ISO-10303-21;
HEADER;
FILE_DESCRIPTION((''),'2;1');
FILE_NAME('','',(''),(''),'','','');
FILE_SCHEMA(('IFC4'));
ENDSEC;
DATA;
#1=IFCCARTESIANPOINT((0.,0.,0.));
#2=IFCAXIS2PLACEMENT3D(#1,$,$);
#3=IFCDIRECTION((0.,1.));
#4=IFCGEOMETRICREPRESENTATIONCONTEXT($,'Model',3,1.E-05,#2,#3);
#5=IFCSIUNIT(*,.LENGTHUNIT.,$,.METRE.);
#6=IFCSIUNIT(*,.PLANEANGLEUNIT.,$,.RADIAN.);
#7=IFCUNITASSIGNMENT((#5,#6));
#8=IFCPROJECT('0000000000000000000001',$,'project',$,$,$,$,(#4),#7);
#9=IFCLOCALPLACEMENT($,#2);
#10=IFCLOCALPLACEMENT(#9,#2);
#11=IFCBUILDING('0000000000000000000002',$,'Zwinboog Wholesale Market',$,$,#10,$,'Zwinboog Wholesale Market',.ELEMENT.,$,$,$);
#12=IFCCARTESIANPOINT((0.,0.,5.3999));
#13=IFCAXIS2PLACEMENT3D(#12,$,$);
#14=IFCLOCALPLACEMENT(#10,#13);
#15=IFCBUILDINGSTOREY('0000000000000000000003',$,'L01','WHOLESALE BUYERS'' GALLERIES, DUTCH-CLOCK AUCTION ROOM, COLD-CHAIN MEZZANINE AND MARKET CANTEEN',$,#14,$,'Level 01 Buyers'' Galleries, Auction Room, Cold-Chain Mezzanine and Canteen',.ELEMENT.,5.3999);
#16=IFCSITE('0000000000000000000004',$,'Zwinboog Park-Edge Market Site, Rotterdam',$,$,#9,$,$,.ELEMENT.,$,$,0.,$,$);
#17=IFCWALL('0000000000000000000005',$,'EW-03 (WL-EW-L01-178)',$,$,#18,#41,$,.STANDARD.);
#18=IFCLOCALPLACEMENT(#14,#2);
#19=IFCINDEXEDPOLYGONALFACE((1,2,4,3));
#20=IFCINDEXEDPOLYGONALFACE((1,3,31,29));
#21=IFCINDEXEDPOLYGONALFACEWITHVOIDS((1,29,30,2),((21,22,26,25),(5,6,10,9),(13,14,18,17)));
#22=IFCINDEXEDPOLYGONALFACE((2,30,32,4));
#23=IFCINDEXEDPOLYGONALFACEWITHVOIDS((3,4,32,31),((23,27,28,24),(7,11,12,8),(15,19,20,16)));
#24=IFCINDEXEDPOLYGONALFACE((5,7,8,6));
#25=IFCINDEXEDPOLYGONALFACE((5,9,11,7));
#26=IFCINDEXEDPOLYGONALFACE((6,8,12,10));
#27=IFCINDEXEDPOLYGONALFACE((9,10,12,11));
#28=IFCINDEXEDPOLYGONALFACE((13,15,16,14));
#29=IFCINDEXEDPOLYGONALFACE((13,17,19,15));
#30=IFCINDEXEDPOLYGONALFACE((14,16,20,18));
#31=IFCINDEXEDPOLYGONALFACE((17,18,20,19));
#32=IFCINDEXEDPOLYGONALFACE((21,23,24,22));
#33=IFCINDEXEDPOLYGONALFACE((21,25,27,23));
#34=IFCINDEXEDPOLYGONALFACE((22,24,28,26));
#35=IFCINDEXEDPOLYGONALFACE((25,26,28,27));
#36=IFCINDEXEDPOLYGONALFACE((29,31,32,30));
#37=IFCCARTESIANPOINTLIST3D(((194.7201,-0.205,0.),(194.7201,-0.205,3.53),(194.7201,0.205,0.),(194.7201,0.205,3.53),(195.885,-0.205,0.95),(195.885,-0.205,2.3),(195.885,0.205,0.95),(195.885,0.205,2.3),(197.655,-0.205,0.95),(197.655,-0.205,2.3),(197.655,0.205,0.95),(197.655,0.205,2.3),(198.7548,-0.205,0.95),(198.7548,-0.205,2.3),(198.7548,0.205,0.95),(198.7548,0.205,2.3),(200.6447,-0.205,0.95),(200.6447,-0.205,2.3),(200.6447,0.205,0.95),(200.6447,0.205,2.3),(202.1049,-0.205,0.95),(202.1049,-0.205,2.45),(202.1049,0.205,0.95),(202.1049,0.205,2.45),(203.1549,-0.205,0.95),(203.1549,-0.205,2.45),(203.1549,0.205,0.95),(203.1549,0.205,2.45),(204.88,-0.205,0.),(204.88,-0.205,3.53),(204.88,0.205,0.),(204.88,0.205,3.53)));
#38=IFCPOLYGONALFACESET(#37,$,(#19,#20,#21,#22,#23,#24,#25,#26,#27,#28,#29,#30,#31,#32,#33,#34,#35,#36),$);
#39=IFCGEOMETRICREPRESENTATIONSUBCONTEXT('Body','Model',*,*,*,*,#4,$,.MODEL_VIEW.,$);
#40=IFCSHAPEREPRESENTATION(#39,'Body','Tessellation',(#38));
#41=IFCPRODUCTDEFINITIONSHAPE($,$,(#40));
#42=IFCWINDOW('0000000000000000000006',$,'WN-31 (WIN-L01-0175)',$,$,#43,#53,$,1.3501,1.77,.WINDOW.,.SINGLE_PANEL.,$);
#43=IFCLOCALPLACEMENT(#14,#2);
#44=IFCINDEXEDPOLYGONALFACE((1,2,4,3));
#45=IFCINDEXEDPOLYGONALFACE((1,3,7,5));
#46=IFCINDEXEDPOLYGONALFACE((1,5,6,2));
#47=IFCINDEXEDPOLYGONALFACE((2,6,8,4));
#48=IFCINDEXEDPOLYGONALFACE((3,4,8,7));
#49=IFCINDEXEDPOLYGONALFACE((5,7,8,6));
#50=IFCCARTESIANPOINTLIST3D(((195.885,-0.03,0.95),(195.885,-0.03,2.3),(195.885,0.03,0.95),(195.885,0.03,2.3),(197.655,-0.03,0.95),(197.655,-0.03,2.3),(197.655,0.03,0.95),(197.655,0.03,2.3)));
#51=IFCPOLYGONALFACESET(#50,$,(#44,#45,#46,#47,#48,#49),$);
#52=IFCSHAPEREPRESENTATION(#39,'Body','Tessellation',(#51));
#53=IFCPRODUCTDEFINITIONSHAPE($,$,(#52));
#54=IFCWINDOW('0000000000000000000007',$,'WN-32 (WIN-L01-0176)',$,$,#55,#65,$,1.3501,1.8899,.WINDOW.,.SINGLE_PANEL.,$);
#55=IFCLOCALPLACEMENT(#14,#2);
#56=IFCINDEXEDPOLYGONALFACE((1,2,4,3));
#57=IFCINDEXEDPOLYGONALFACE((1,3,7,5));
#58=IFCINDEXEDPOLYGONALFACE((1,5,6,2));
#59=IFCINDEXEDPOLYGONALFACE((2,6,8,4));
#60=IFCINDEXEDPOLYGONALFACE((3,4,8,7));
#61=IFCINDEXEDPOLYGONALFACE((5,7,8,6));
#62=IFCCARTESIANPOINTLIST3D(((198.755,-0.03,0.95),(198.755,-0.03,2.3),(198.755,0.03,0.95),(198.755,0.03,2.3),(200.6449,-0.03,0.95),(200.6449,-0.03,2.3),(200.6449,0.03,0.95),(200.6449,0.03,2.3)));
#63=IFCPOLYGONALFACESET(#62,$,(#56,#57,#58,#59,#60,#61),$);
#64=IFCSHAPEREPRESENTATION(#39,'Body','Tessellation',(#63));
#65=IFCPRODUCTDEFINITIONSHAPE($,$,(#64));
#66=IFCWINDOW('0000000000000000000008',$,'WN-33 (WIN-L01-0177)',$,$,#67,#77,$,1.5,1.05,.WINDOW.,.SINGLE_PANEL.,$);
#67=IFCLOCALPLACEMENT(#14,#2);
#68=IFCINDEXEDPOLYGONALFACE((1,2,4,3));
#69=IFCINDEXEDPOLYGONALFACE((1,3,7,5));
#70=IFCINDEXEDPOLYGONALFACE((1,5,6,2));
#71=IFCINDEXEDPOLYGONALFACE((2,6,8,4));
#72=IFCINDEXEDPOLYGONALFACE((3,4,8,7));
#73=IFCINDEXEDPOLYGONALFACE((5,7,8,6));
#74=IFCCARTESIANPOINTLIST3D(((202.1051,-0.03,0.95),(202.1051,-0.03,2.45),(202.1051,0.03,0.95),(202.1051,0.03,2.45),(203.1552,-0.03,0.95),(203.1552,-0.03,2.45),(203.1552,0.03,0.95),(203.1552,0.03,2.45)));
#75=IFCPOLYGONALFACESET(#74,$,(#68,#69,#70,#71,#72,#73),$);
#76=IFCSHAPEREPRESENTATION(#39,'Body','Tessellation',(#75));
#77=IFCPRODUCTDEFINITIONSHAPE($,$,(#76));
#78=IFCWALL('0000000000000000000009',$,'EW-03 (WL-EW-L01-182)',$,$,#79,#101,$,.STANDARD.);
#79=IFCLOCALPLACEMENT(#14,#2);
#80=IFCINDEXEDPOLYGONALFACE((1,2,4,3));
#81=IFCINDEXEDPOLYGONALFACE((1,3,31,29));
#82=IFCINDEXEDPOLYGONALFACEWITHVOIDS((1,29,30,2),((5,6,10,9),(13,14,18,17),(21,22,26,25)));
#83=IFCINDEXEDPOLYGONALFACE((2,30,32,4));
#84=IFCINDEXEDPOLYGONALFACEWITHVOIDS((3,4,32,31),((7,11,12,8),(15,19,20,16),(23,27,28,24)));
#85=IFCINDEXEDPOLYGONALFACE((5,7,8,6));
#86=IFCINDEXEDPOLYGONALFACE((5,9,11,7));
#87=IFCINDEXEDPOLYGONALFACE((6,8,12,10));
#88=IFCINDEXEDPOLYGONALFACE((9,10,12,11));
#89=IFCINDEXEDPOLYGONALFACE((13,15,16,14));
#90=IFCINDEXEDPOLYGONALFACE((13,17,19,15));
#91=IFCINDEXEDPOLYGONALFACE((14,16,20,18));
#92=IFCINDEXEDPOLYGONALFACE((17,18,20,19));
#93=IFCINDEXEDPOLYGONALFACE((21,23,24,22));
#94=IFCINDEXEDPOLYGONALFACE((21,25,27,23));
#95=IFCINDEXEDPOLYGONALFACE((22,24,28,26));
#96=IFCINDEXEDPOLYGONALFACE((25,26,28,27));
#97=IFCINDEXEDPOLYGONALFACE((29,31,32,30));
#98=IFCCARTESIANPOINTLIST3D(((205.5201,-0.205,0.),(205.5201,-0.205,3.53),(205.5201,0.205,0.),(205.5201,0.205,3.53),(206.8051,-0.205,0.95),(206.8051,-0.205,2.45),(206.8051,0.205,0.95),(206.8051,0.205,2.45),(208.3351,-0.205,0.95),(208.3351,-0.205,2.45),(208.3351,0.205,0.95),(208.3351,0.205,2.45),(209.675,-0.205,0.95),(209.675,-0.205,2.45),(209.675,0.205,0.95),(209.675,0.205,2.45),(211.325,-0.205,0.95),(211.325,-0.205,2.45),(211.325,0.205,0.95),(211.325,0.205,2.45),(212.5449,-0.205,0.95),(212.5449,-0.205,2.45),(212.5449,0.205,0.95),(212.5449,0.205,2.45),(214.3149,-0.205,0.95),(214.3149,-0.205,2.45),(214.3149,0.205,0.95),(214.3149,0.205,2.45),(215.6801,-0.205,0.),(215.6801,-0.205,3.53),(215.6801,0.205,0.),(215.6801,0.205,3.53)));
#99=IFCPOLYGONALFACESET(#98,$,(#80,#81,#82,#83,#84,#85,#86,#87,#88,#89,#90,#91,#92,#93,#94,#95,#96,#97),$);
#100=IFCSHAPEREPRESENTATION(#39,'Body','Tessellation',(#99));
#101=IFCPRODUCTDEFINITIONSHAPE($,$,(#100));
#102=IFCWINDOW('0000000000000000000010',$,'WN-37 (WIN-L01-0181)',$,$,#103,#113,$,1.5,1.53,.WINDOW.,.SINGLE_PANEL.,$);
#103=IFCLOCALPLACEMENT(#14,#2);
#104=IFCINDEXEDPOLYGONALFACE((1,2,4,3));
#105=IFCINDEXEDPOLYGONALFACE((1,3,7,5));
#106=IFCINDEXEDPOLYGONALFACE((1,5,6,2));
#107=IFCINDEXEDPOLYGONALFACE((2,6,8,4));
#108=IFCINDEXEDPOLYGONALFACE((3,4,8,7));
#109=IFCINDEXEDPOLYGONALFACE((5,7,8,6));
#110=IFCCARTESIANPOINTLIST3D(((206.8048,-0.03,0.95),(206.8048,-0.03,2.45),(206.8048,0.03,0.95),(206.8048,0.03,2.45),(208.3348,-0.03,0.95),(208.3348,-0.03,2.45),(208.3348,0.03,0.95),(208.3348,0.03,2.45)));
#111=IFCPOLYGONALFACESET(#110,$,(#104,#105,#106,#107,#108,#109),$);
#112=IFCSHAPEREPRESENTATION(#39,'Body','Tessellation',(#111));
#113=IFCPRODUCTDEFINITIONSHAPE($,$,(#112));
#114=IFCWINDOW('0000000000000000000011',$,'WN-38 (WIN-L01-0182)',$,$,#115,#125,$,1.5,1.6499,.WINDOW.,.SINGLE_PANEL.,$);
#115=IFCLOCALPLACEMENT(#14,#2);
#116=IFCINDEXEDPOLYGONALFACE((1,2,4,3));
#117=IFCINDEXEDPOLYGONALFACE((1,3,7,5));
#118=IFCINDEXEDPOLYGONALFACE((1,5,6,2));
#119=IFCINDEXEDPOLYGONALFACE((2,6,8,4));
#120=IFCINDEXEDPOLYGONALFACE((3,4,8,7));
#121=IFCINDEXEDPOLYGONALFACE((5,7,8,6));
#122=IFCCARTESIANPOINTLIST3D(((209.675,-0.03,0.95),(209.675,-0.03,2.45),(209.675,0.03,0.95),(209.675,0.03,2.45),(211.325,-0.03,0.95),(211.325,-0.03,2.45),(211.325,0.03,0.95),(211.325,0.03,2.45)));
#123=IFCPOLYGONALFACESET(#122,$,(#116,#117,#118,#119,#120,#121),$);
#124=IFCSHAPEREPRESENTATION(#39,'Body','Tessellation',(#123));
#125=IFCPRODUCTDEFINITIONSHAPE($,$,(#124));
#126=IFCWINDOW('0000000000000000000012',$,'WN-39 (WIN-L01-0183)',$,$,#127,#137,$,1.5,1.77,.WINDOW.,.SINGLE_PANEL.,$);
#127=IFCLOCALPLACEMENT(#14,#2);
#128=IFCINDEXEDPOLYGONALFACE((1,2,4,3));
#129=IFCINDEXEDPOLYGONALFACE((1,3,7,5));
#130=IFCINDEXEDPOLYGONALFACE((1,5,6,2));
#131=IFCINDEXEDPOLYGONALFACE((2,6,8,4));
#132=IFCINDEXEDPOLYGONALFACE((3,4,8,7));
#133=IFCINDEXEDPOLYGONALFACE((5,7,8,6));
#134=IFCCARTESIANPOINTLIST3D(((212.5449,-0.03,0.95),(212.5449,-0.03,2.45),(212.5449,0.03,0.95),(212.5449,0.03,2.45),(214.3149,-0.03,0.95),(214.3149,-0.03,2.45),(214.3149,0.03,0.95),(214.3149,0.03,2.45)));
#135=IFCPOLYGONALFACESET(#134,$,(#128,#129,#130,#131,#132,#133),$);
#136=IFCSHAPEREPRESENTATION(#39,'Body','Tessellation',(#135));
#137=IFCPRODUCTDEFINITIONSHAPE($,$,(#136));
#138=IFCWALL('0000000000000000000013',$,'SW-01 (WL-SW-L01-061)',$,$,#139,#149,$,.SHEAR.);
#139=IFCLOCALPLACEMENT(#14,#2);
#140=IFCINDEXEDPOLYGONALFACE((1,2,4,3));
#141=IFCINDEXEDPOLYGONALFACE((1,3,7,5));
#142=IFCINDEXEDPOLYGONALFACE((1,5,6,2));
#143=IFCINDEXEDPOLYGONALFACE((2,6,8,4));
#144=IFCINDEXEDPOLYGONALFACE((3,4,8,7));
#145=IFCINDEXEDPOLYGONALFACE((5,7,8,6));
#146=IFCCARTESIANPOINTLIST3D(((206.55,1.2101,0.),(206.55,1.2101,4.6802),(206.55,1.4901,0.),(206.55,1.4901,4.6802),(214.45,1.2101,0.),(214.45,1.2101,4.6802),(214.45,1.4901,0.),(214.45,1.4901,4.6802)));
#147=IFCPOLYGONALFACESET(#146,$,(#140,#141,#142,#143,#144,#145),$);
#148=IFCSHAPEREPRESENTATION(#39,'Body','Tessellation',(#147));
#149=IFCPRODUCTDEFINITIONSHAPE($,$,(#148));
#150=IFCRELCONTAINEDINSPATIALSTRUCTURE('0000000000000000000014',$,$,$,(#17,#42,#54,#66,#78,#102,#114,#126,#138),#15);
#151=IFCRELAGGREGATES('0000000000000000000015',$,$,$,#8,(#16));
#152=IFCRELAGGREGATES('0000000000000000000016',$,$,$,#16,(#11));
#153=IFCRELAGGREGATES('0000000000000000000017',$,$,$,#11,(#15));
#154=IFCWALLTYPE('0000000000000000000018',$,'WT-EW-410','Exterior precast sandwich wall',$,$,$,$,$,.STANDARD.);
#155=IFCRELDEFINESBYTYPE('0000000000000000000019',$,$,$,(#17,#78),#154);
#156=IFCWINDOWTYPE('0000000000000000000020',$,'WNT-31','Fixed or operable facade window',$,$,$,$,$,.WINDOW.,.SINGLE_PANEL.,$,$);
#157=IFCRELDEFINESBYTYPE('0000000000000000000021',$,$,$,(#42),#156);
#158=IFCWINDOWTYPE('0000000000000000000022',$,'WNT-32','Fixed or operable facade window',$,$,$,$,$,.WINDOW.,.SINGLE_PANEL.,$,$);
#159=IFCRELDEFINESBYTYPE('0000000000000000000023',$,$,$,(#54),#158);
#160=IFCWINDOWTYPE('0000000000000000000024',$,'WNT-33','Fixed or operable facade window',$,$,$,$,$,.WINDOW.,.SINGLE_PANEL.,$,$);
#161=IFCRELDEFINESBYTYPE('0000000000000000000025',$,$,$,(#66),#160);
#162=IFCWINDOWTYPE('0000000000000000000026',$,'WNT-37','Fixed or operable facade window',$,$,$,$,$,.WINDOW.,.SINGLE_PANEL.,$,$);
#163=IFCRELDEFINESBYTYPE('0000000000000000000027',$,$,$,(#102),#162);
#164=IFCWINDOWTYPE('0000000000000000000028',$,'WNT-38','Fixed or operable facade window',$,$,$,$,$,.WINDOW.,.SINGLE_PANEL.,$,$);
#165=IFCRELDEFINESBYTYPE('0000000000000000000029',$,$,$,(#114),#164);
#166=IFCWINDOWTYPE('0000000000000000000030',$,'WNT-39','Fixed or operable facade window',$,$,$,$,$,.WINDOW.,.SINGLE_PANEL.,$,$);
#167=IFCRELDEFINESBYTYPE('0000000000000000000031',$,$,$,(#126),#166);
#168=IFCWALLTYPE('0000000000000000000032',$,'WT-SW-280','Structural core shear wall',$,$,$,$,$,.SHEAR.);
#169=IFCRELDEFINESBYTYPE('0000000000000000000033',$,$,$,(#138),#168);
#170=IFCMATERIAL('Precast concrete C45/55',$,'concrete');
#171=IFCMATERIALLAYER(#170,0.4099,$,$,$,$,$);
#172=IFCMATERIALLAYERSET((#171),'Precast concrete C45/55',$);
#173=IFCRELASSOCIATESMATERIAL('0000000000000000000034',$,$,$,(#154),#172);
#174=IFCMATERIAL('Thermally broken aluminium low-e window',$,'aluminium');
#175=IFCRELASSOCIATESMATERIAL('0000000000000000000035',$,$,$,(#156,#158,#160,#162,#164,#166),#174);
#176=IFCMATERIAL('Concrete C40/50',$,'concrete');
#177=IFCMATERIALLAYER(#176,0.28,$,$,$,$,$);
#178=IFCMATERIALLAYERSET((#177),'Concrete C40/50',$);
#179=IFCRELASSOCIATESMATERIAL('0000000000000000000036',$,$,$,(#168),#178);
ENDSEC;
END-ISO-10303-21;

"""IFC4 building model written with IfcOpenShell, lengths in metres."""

from ifc_helpers import new_model, si_unit, direction, frame, frame_2d, origin, place, context, subcontext, project, spatial, rectangle, extrude, material, layer, layer_set, type_object, element, fill, save


model = new_model("IFC4")

# Units and contexts
model_context = context("Model", 3, precision=1e-05, world=origin(), true_north=direction((0.0, 1.0)))
body_context = subcontext(model_context, "Body", "Model", "MODEL_VIEW")
ifc_project = project(units=[si_unit("LENGTHUNIT", "METRE"), si_unit("PLANEANGLEUNIT", "RADIAN")], contexts=[model_context])

# Site, building, storey
site_placement = place(None, origin())
site = spatial("IfcSite", under=ifc_project, at=site_placement, Name="Zwinboog Park-Edge Market Site, Rotterdam", CompositionType="ELEMENT", RefElevation=0.0)
building_placement = place(site_placement, origin())
building = spatial("IfcBuilding", under=site, at=building_placement, Name="Zwinboog Wholesale Market", LongName="Zwinboog Wholesale Market", CompositionType="ELEMENT")
storey_placement = place(building_placement, frame((0.0, 0.0, 5.3999)))
storey = spatial("IfcBuildingStorey", under=building, at=storey_placement, Name="L01", Description="WHOLESALE BUYERS' GALLERIES, DUTCH-CLOCK AUCTION ROOM, COLD-CHAIN MEZZANINE AND MARKET CANTEEN", LongName="Level 01 Buyers' Galleries, Auction Room, Cold-Chain Mezzanine and Canteen", CompositionType="ELEMENT", Elevation=5.3999)

# Shared definitions
ifc_material_1 = material(Name="Precast concrete C45/55", Category="concrete")

# Walls, openings, windows
ifc_layer_1 = layer(ifc_material_1, 0.4099)
ifc_layer_set_1 = layer_set([ifc_layer_1], Name="Precast concrete C45/55")
wall_type_1 = type_object("IfcWallType", Name="WT-EW-410", Description="Exterior precast sandwich wall", PredefinedType="STANDARD", material=ifc_layer_set_1)
wall_1_placement = place(storey_placement, frame((194.72, 0.0, 0.0), z_axis=(0.0, 0.0, 1.0), x_axis=(1.0, 0.0, 0.0)))
wall_1 = element("IfcWall", 1, at=wall_1_placement, inside=storey, type_object=wall_type_1, Name="EW-03 (WL-EW-L01-178)", PredefinedType="STANDARD", context=body_context, shape_type="SweptSolid", body=[
    extrude(rectangle(XDim=10.1599, YDim=0.4099, at=frame_2d((5.0801, 0.0))), origin(), (0.0, 0.0, 1.0), 3.53),
])
opening_1_placement = place(wall_1_placement, frame((1.165, 0.0, 0.95)))
opening_1 = element("IfcOpeningElement", 2, at=opening_1_placement, cuts=wall_1, PredefinedType="OPENING", context=body_context, shape_type="SweptSolid", body=[
    extrude(rectangle(XDim=1.77, YDim=1.3501, at=frame_2d((0.885, 0.675))), frame((0.0, 0.2148, 0.0), z_axis=(0.0, -1.0, 0.0), x_axis=(1.0, 0.0, 0.0)), (0.0, 0.0, 1.0), 0.4299),
])
opening_2_placement = place(wall_1_placement, frame((4.0349, 0.0, 0.95)))
opening_2 = element("IfcOpeningElement", 3, at=opening_2_placement, cuts=wall_1, PredefinedType="OPENING", context=body_context, shape_type="SweptSolid", body=[
    extrude(rectangle(XDim=1.8899, YDim=1.3501, at=frame_2d((0.9448, 0.675))), frame((0.0, 0.2148, 0.0), z_axis=(0.0, -1.0, 0.0), x_axis=(1.0, 0.0, 0.0)), (0.0, 0.0, 1.0), 0.4299),
])
opening_3_placement = place(wall_1_placement, frame((7.385, 0.0, 0.95)))
opening_3 = element("IfcOpeningElement", 4, at=opening_3_placement, cuts=wall_1, PredefinedType="OPENING", context=body_context, shape_type="SweptSolid", body=[
    extrude(rectangle(XDim=1.05, YDim=1.5, at=frame_2d((0.5249, 0.75))), frame((0.0, 0.2148, 0.0), z_axis=(0.0, -1.0, 0.0), x_axis=(1.0, 0.0, 0.0)), (0.0, 0.0, 1.0), 0.4299),
])
ifc_material_2 = material(Name="Thermally broken aluminium low-e window", Category="aluminium")
window_type_1 = type_object("IfcWindowType", Name="WNT-31", Description="Fixed or operable facade window", PartitioningType="SINGLE_PANEL", PredefinedType="WINDOW", material=ifc_material_2)
window_1_placement = place(opening_1_placement, frame((1.77, 0.0, 0.0), z_axis=(0.0, 0.0, 1.0), x_axis=(-1.0, 0.0, 0.0)))
window_1 = element("IfcWindow", 5, at=window_1_placement, inside=storey, type_object=window_type_1, Name="WN-31 (WIN-L01-0175)", OverallHeight=1.3501, OverallWidth=1.77, PartitioningType="SINGLE_PANEL", PredefinedType="WINDOW", context=body_context, shape_type="SweptSolid", body=[
    extrude(rectangle(XDim=1.77, YDim=1.3501, at=frame_2d((0.885, 0.675))), frame((0.0, 0.03, 0.0), z_axis=(0.0, -1.0, 0.0), x_axis=(1.0, 0.0, 0.0)), (0.0, 0.0, 1.0), 0.0601),
])
fill(opening_1, window_1)
window_type_2 = type_object("IfcWindowType", Name="WNT-32", Description="Fixed or operable facade window", PartitioningType="SINGLE_PANEL", PredefinedType="WINDOW", material=ifc_material_2)
window_2_placement = place(opening_2_placement, frame((1.8899, 0.0, 0.0), z_axis=(0.0, 0.0, 1.0), x_axis=(-1.0, 0.0, 0.0)))
window_2 = element("IfcWindow", 6, at=window_2_placement, inside=storey, type_object=window_type_2, Name="WN-32 (WIN-L01-0176)", OverallHeight=1.3501, OverallWidth=1.8899, PartitioningType="SINGLE_PANEL", PredefinedType="WINDOW", context=body_context, shape_type="SweptSolid", body=[
    extrude(rectangle(XDim=1.8899, YDim=1.3501, at=frame_2d((0.9448, 0.675))), frame((0.0, 0.03, 0.0), z_axis=(0.0, -1.0, 0.0), x_axis=(1.0, 0.0, 0.0)), (0.0, 0.0, 1.0), 0.0601),
])
fill(opening_2, window_2)
window_type_3 = type_object("IfcWindowType", Name="WNT-33", Description="Fixed or operable facade window", PartitioningType="SINGLE_PANEL", PredefinedType="WINDOW", material=ifc_material_2)
window_3_placement = place(opening_3_placement, frame((1.05, 0.0, 0.0), z_axis=(0.0, 0.0, 1.0), x_axis=(-1.0, 0.0, 0.0)))
window_3 = element("IfcWindow", 7, at=window_3_placement, inside=storey, type_object=window_type_3, Name="WN-33 (WIN-L01-0177)", OverallHeight=1.5, OverallWidth=1.05, PartitioningType="SINGLE_PANEL", PredefinedType="WINDOW", context=body_context, shape_type="SweptSolid", body=[
    extrude(rectangle(XDim=1.05, YDim=1.5, at=frame_2d((0.5249, 0.75))), frame((0.0, 0.03, 0.0), z_axis=(0.0, -1.0, 0.0), x_axis=(1.0, 0.0, 0.0)), (0.0, 0.0, 1.0), 0.0601),
])
fill(opening_3, window_3)
wall_2_placement = place(storey_placement, frame((205.52, 0.0, 0.0), z_axis=(0.0, 0.0, 1.0), x_axis=(1.0, 0.0, 0.0)))
wall_2 = element("IfcWall", 8, at=wall_2_placement, inside=storey, type_object=wall_type_1, Name="EW-03 (WL-EW-L01-182)", PredefinedType="STANDARD", context=body_context, shape_type="SweptSolid", body=[
    extrude(rectangle(XDim=10.1599, YDim=0.4099, at=frame_2d((5.0801, 0.0))), origin(), (0.0, 0.0, 1.0), 3.53),
])
opening_4_placement = place(wall_2_placement, frame((1.2849, 0.0, 0.95)))
opening_4 = element("IfcOpeningElement", 9, at=opening_4_placement, cuts=wall_2, PredefinedType="OPENING", context=body_context, shape_type="SweptSolid", body=[
    extrude(rectangle(XDim=1.53, YDim=1.5, at=frame_2d((0.7651, 0.75))), frame((0.0, 0.2148, 0.0), z_axis=(0.0, -1.0, 0.0), x_axis=(1.0, 0.0, 0.0)), (0.0, 0.0, 1.0), 0.4299),
])
opening_5_placement = place(wall_2_placement, frame((4.155, 0.0, 0.95)))
opening_5 = element("IfcOpeningElement", 10, at=opening_5_placement, cuts=wall_2, PredefinedType="OPENING", context=body_context, shape_type="SweptSolid", body=[
    extrude(rectangle(XDim=1.6499, YDim=1.5, at=frame_2d((0.825, 0.75))), frame((0.0, 0.2148, 0.0), z_axis=(0.0, -1.0, 0.0), x_axis=(1.0, 0.0, 0.0)), (0.0, 0.0, 1.0), 0.4299),
])
opening_6_placement = place(wall_2_placement, frame((7.0249, 0.0, 0.95)))
opening_6 = element("IfcOpeningElement", 11, at=opening_6_placement, cuts=wall_2, PredefinedType="OPENING", context=body_context, shape_type="SweptSolid", body=[
    extrude(rectangle(XDim=1.77, YDim=1.5, at=frame_2d((0.885, 0.75))), frame((0.0, 0.2148, 0.0), z_axis=(0.0, -1.0, 0.0), x_axis=(1.0, 0.0, 0.0)), (0.0, 0.0, 1.0), 0.4299),
])
window_type_4 = type_object("IfcWindowType", Name="WNT-37", Description="Fixed or operable facade window", PartitioningType="SINGLE_PANEL", PredefinedType="WINDOW", material=ifc_material_2)
window_4_placement = place(opening_4_placement, frame((1.53, 0.0, 0.0), z_axis=(0.0, 0.0, 1.0), x_axis=(-1.0, 0.0, 0.0)))
window_4 = element("IfcWindow", 12, at=window_4_placement, inside=storey, type_object=window_type_4, Name="WN-37 (WIN-L01-0181)", OverallHeight=1.5, OverallWidth=1.53, PartitioningType="SINGLE_PANEL", PredefinedType="WINDOW", context=body_context, shape_type="SweptSolid", body=[
    extrude(rectangle(XDim=1.53, YDim=1.5, at=frame_2d((0.7651, 0.75))), frame((0.0, 0.03, 0.0), z_axis=(0.0, -1.0, 0.0), x_axis=(1.0, 0.0, 0.0)), (0.0, 0.0, 1.0), 0.0601),
])
fill(opening_4, window_4)
window_type_5 = type_object("IfcWindowType", Name="WNT-38", Description="Fixed or operable facade window", PartitioningType="SINGLE_PANEL", PredefinedType="WINDOW", material=ifc_material_2)
window_5_placement = place(opening_5_placement, frame((1.6499, 0.0, 0.0), z_axis=(0.0, 0.0, 1.0), x_axis=(-1.0, 0.0, 0.0)))
window_5 = element("IfcWindow", 13, at=window_5_placement, inside=storey, type_object=window_type_5, Name="WN-38 (WIN-L01-0182)", OverallHeight=1.5, OverallWidth=1.6499, PartitioningType="SINGLE_PANEL", PredefinedType="WINDOW", context=body_context, shape_type="SweptSolid", body=[
    extrude(rectangle(XDim=1.6499, YDim=1.5, at=frame_2d((0.825, 0.75))), frame((0.0, 0.03, 0.0), z_axis=(0.0, -1.0, 0.0), x_axis=(1.0, 0.0, 0.0)), (0.0, 0.0, 1.0), 0.0601),
])
fill(opening_5, window_5)
window_type_6 = type_object("IfcWindowType", Name="WNT-39", Description="Fixed or operable facade window", PartitioningType="SINGLE_PANEL", PredefinedType="WINDOW", material=ifc_material_2)
window_6_placement = place(opening_6_placement, frame((1.77, 0.0, 0.0), z_axis=(0.0, 0.0, 1.0), x_axis=(-1.0, 0.0, 0.0)))
window_6 = element("IfcWindow", 14, at=window_6_placement, inside=storey, type_object=window_type_6, Name="WN-39 (WIN-L01-0183)", OverallHeight=1.5, OverallWidth=1.77, PartitioningType="SINGLE_PANEL", PredefinedType="WINDOW", context=body_context, shape_type="SweptSolid", body=[
    extrude(rectangle(XDim=1.77, YDim=1.5, at=frame_2d((0.885, 0.75))), frame((0.0, 0.03, 0.0), z_axis=(0.0, -1.0, 0.0), x_axis=(1.0, 0.0, 0.0)), (0.0, 0.0, 1.0), 0.0601),
])
fill(opening_6, window_6)

# Wall
ifc_material_3 = material(Name="Concrete C40/50", Category="concrete")
ifc_layer_2 = layer(ifc_material_3, 0.28)
ifc_layer_set_2 = layer_set([ifc_layer_2], Name="Concrete C40/50")
wall_type_2 = type_object("IfcWallType", Name="WT-SW-280", Description="Structural core shear wall", PredefinedType="SHEAR", material=ifc_layer_set_2)
wall_3_placement = place(storey_placement, frame((206.55, 1.3501, 0.0), z_axis=(0.0, 0.0, 1.0), x_axis=(1.0, 0.0, 0.0)))
element("IfcWall", 15, at=wall_3_placement, inside=storey, type_object=wall_type_2, Name="SW-01 (WL-SW-L01-061)", PredefinedType="SHEAR", context=body_context, shape_type="SweptSolid", body=[
    extrude(rectangle(XDim=7.8999, YDim=0.28, at=frame_2d((3.95, 0.0))), origin(), (0.0, 0.0, 1.0), 4.6802),
])

save(model, "model.ifc")
